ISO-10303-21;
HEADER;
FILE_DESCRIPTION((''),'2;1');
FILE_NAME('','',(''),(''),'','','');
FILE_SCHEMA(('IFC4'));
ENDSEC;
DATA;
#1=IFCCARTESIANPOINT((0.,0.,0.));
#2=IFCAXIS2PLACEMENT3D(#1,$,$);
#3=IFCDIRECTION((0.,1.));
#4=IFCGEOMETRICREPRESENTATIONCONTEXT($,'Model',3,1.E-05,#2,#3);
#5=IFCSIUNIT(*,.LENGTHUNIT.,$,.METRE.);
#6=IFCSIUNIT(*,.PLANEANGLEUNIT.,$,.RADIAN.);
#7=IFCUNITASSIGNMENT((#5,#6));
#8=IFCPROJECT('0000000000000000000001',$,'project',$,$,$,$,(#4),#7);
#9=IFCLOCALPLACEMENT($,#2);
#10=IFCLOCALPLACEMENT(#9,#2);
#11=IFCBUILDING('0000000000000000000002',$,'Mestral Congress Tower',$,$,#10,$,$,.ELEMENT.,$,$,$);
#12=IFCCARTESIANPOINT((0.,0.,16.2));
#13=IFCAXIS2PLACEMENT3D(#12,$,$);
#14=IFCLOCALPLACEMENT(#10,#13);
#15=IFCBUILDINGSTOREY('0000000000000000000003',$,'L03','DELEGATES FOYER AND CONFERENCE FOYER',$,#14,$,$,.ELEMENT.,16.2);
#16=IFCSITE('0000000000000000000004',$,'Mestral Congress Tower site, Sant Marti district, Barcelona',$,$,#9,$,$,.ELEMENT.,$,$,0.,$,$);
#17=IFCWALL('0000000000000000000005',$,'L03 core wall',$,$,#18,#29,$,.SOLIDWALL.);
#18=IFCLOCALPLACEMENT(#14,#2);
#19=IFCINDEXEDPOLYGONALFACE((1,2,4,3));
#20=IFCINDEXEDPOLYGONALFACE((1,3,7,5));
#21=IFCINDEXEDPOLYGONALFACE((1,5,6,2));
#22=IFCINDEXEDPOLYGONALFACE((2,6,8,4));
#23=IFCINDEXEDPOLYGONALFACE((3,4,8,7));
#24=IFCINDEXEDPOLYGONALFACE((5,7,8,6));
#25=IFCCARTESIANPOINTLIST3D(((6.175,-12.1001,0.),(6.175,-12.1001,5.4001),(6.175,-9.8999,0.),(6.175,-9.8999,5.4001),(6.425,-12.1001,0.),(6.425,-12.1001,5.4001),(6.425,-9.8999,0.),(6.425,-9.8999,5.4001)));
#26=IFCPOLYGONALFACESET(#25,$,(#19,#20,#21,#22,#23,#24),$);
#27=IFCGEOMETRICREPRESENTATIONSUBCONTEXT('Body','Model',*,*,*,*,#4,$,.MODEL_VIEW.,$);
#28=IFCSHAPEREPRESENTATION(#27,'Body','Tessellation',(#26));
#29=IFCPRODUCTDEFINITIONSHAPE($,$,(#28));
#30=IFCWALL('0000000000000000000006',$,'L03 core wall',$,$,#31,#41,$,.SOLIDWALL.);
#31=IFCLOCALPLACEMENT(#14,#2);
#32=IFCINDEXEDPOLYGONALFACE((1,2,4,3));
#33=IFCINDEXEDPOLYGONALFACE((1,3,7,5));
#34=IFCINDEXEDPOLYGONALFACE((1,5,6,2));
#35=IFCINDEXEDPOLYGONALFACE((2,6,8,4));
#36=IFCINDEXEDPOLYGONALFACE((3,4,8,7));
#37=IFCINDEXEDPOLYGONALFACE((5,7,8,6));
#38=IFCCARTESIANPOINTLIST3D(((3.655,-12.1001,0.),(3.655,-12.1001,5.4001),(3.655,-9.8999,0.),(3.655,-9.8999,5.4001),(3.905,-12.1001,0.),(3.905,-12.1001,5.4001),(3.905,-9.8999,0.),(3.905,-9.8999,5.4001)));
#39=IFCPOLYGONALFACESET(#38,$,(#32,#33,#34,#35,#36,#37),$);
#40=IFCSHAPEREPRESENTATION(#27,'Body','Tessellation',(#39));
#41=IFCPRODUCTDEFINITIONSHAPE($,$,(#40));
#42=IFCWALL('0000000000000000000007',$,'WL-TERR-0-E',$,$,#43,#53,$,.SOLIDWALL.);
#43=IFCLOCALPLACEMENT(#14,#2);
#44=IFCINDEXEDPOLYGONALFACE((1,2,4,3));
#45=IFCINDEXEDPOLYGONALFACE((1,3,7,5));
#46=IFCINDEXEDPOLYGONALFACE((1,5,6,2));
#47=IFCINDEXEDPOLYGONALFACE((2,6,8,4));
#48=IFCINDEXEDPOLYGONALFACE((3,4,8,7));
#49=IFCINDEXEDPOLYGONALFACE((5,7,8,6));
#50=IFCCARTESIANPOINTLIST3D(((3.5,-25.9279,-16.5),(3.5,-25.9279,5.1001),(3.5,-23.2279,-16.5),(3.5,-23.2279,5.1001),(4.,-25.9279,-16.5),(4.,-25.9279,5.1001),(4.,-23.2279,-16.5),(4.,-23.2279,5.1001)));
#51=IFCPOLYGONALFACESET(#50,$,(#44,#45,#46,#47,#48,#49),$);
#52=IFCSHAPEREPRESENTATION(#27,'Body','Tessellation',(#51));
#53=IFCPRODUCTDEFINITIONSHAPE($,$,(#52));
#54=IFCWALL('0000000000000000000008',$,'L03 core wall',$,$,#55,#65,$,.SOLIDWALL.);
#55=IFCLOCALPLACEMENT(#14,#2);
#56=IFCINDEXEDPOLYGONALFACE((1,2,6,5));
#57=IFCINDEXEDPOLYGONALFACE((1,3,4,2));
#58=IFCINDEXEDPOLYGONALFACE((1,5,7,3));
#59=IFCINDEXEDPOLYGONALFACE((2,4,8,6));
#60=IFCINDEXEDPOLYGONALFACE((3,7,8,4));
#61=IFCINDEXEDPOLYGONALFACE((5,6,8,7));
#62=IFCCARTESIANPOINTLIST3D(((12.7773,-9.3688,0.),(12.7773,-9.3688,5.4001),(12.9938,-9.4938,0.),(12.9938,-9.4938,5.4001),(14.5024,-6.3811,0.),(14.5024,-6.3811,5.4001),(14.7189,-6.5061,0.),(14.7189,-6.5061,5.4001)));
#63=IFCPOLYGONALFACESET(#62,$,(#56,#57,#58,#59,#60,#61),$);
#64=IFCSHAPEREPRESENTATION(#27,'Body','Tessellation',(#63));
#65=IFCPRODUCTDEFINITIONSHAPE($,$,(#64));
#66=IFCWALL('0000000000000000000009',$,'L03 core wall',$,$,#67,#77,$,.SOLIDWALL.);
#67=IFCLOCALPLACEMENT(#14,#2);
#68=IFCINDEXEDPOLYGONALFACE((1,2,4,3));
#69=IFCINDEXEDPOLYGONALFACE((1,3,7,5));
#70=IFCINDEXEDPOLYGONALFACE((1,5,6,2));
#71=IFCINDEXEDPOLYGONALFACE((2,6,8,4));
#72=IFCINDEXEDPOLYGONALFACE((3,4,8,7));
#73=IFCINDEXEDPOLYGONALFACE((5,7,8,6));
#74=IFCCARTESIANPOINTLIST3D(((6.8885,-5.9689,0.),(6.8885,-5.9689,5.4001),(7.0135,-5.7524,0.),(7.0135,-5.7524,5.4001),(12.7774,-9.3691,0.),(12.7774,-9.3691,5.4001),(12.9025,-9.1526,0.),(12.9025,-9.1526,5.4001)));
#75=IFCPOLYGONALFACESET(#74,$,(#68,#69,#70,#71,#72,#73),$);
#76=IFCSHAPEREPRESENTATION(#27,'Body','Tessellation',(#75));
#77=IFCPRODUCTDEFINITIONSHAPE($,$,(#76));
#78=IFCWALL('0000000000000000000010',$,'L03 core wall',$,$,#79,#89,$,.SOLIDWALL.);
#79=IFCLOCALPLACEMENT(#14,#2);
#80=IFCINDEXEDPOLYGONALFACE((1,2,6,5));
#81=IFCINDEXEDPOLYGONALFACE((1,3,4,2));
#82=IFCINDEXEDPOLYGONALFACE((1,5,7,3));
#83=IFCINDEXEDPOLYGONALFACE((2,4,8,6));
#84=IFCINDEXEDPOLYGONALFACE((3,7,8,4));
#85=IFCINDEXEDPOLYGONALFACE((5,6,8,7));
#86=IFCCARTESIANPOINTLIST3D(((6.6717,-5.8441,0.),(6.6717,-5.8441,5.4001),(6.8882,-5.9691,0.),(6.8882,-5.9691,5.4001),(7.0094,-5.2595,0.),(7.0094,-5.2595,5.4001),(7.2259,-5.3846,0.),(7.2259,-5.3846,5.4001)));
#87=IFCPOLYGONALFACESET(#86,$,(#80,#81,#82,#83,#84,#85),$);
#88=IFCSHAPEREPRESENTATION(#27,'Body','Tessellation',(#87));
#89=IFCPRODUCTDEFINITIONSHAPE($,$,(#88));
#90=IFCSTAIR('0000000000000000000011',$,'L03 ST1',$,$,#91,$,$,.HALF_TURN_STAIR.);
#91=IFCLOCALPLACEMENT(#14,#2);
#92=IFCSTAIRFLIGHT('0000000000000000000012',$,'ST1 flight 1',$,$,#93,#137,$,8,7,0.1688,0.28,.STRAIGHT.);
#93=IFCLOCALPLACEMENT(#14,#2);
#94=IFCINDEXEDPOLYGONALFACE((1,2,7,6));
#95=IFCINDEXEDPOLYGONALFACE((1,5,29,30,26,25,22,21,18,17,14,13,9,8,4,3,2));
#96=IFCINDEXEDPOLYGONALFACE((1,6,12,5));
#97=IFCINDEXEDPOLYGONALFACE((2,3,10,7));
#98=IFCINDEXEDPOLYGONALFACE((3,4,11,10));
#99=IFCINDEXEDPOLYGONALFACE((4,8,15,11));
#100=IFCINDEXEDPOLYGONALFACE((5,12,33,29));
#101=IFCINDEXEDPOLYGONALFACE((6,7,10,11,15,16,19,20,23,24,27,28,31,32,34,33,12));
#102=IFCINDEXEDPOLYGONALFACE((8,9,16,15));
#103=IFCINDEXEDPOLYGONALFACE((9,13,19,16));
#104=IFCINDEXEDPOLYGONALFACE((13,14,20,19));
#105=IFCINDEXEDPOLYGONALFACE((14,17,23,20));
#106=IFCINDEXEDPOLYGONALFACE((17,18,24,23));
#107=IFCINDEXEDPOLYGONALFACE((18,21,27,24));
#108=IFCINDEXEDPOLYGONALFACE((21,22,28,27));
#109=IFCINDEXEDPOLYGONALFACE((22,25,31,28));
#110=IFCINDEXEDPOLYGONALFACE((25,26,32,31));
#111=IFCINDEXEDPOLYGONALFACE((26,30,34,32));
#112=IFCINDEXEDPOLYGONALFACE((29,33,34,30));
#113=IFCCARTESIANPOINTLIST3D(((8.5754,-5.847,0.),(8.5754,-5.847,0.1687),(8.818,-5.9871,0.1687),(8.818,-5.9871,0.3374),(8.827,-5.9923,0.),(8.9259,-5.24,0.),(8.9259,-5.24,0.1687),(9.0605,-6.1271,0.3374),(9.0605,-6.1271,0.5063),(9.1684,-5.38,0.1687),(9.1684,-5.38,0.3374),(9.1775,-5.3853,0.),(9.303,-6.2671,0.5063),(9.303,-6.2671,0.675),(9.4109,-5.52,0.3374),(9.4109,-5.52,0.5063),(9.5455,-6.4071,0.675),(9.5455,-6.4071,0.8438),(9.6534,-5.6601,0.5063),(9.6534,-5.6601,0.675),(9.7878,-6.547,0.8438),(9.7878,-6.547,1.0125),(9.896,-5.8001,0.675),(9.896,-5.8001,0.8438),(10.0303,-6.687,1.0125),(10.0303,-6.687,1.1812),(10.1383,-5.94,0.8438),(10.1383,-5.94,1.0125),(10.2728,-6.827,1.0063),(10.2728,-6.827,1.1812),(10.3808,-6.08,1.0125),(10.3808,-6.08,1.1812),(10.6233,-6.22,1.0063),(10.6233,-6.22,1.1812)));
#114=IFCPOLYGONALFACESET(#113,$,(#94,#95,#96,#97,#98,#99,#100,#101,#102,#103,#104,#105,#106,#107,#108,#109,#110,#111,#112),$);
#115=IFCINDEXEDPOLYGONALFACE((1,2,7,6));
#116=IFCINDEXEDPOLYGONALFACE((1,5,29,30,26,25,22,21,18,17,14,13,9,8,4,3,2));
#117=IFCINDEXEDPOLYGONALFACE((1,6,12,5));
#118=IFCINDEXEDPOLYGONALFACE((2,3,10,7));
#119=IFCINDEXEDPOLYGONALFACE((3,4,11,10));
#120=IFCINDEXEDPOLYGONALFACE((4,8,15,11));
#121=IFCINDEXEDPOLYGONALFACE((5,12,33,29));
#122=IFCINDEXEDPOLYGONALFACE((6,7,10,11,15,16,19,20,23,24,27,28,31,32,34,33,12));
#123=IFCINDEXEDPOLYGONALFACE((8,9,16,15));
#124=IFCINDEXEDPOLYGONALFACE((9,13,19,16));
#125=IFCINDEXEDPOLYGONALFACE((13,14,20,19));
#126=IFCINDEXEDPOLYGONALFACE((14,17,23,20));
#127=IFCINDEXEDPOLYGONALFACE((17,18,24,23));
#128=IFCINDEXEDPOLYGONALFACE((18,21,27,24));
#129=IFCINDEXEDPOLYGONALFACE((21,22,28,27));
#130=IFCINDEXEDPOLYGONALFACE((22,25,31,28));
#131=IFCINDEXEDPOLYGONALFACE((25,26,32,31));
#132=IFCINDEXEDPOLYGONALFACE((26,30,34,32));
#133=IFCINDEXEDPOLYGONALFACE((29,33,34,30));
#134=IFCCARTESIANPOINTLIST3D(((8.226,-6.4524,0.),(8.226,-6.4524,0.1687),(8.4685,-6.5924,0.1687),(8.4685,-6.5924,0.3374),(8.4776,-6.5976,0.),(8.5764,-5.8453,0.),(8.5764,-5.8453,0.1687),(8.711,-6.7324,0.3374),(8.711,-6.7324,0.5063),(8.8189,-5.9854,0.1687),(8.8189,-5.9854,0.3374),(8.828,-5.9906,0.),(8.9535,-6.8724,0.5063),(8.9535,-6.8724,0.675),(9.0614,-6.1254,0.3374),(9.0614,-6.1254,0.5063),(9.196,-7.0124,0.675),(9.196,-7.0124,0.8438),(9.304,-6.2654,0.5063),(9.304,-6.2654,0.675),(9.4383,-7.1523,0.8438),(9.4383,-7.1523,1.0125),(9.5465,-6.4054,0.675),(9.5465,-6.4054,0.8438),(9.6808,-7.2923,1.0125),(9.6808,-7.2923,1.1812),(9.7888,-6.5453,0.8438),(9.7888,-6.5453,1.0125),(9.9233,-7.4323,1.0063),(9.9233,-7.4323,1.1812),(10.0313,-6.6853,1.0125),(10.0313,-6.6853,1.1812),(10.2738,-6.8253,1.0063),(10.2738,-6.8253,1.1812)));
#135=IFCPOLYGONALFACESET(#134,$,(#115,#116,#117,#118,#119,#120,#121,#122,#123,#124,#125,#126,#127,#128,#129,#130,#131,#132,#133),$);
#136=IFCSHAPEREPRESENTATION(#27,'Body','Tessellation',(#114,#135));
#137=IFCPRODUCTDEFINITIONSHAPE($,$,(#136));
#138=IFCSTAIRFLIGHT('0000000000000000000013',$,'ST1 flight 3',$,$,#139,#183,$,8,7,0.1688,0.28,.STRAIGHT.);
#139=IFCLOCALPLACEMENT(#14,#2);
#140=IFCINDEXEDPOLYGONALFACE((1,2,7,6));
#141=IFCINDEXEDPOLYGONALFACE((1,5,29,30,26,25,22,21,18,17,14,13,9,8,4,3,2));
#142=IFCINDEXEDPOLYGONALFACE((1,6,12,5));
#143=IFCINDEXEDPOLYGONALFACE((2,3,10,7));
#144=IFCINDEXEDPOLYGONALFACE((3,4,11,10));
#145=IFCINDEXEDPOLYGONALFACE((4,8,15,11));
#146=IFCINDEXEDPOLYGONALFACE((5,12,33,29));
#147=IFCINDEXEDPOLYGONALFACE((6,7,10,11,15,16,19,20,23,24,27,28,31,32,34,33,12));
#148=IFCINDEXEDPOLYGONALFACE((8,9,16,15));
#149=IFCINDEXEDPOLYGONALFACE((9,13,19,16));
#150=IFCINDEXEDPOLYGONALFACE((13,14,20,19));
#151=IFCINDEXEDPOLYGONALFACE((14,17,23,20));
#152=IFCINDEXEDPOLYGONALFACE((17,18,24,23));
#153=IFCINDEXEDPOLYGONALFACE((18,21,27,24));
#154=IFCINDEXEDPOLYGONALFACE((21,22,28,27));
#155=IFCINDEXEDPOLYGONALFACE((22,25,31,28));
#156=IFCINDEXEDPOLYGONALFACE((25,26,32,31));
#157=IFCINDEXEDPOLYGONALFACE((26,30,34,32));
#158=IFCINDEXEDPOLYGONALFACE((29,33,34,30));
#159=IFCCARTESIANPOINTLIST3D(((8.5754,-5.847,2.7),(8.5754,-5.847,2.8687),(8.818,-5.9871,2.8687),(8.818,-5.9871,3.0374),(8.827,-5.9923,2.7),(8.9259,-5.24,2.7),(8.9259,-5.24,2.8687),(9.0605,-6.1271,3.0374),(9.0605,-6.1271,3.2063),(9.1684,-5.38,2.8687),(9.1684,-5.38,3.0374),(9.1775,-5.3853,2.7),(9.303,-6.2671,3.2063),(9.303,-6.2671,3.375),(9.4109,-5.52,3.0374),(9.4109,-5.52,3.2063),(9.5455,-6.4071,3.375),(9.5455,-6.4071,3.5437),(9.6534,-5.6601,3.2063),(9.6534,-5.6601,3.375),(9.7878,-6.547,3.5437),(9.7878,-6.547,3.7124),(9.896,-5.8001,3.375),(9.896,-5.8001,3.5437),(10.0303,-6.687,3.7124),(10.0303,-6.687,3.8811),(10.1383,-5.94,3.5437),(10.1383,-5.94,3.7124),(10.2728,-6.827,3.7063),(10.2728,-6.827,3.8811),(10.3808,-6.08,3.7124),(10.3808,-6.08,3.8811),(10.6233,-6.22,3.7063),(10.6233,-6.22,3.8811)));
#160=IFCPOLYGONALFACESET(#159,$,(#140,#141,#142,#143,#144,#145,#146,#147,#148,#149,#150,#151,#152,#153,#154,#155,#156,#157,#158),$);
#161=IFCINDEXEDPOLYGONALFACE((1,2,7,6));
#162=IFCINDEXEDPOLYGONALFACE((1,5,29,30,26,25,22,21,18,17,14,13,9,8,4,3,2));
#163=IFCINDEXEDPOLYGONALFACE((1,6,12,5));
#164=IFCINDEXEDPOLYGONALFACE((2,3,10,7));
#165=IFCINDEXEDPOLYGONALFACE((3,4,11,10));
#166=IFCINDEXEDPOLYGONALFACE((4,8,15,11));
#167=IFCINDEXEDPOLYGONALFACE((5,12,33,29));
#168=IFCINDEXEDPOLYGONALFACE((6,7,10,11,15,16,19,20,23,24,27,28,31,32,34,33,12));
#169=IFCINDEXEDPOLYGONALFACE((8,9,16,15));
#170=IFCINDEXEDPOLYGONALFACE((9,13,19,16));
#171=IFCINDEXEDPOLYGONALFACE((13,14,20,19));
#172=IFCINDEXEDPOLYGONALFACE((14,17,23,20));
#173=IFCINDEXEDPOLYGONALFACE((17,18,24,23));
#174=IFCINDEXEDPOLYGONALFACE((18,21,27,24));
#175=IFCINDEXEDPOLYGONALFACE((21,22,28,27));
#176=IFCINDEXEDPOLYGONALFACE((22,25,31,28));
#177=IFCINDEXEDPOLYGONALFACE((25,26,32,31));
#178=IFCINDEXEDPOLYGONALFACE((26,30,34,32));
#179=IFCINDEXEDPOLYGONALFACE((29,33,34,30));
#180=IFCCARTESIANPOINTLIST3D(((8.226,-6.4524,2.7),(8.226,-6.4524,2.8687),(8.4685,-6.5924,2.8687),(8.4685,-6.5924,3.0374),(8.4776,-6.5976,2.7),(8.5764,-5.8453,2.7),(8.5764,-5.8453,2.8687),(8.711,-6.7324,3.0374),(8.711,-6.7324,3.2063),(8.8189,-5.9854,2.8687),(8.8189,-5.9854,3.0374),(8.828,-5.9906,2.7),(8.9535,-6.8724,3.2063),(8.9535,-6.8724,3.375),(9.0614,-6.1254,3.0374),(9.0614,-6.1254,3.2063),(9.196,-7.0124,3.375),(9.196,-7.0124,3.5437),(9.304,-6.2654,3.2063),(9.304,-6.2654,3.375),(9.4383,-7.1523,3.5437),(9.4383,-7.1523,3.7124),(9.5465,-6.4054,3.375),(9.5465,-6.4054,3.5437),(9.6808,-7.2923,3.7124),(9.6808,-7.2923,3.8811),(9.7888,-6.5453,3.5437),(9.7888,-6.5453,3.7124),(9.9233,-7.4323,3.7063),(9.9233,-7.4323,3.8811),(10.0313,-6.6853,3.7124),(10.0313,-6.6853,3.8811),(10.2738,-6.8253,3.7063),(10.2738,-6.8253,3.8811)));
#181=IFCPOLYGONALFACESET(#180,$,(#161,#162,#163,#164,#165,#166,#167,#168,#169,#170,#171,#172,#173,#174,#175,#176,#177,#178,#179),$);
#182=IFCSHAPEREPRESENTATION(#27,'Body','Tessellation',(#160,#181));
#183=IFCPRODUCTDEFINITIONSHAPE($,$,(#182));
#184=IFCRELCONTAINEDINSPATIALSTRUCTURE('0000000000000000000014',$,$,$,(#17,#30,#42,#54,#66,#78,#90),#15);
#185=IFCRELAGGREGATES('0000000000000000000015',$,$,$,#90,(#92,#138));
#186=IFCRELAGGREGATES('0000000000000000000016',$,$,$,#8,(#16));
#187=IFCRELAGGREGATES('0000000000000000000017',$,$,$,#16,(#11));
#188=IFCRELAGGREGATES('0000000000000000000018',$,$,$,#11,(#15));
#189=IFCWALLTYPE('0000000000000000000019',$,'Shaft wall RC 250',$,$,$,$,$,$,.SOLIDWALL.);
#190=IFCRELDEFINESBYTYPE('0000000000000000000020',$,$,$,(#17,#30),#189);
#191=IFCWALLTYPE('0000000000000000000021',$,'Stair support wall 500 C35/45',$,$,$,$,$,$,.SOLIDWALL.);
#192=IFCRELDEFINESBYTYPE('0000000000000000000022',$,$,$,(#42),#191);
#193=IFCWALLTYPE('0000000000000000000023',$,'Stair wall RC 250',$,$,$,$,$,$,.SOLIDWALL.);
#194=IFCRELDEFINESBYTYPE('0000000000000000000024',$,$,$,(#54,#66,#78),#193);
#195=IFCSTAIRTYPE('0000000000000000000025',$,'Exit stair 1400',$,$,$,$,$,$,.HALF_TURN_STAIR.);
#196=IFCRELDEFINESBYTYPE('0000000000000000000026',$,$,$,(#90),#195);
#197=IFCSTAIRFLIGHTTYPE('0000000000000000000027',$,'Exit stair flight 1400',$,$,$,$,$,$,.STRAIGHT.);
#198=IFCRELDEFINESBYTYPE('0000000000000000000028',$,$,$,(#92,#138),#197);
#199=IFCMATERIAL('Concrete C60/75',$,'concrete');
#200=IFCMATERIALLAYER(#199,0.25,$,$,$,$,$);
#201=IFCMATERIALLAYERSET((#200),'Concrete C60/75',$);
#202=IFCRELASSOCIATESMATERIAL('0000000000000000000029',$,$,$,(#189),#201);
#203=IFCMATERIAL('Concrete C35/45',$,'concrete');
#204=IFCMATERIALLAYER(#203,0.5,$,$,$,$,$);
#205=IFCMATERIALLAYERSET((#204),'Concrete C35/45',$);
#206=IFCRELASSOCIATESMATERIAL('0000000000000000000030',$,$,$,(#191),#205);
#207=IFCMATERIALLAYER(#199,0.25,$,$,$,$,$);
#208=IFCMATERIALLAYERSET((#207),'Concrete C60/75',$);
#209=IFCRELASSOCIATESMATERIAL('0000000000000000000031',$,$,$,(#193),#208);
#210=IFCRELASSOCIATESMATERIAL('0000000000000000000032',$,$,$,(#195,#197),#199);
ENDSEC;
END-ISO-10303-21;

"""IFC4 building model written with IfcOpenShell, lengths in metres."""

from ifc_helpers import new_model, si_unit, direction, frame, frame_2d, origin, place, context, subcontext, project, spatial, polyline, rectangle, outline, extrude, material, layer, layer_set, type_object, element, aggregate, save


model = new_model("IFC4")

# Units and contexts
model_context = context("Model", 3, precision=1e-05, world=origin(), true_north=direction((0.0, 1.0)))
body_context = subcontext(model_context, "Body", "Model", "MODEL_VIEW")
ifc_project = project(units=[si_unit("LENGTHUNIT", "METRE"), si_unit("PLANEANGLEUNIT", "RADIAN")], contexts=[model_context])

# Site, building, storey
site_placement = place(None, origin())
site = spatial("IfcSite", under=ifc_project, at=site_placement, Name="Mestral Congress Tower site, Sant Marti district, Barcelona", CompositionType="ELEMENT", RefElevation=0.0)
building_placement = place(site_placement, origin())
building = spatial("IfcBuilding", under=site, at=building_placement, Name="Mestral Congress Tower", CompositionType="ELEMENT")
storey_placement = place(building_placement, frame((0.0, 0.0, 16.2)))
storey = spatial("IfcBuildingStorey", under=building, at=storey_placement, Name="L03", Description="DELEGATES FOYER AND CONFERENCE FOYER", CompositionType="ELEMENT", Elevation=16.2)

# Shared definitions
ifc_material_1 = material(Name="Concrete C60/75", Category="concrete")

# Walls
ifc_layer_1 = layer(ifc_material_1, 0.25)
ifc_layer_set_1 = layer_set([ifc_layer_1], Name="Concrete C60/75")
wall_type_1 = type_object("IfcWallType", Name="Shaft wall RC 250", PredefinedType="SOLIDWALL", material=ifc_layer_set_1)
for number, where, z_axis, x_axis, name in (
    (1, (6.3, -9.8999, 0.0), (0.0, 0.0, 1.0), (0.0, -1.0, 0.0), "L03 core wall"),
    (2, (3.78, -9.8999, 0.0), (0.0, 0.0, 1.0), (0.0, -1.0, 0.0), "L03 core wall"),
):
    element("IfcWall", number, at=place(storey_placement, frame(where, z_axis=z_axis, x_axis=x_axis)), inside=storey, type_object=wall_type_1, Name=name, PredefinedType="SOLIDWALL", context=body_context, shape_type="SweptSolid", body=[
        extrude(rectangle(XDim=2.2002, YDim=0.25, at=frame_2d((1.1001, 0.0))), origin(), (0.0, 0.0, 1.0), 5.4001),
    ])
ifc_material_2 = material(Name="Concrete C35/45", Category="concrete")
ifc_layer_2 = layer(ifc_material_2, 0.5)
ifc_layer_set_2 = layer_set([ifc_layer_2], Name="Concrete C35/45")
wall_type_2 = type_object("IfcWallType", Name="Stair support wall 500 C35/45", PredefinedType="SOLIDWALL", material=ifc_layer_set_2)
wall_1_placement = place(storey_placement, frame((3.75, -25.928, -16.5), z_axis=(0.0, 0.0, 1.0), x_axis=(0.0, 1.0, 0.0)))
element("IfcWall", 3, at=wall_1_placement, inside=storey, type_object=wall_type_2, Name="WL-TERR-0-E", PredefinedType="SOLIDWALL", context=body_context, shape_type="SweptSolid", body=[
    extrude(rectangle(XDim=2.7, YDim=0.5, at=frame_2d((1.3501, 0.0))), origin(), (0.0, 0.0, 1.0), 21.6001),
])
ifc_layer_3 = layer(ifc_material_1, 0.25)
ifc_layer_set_3 = layer_set([ifc_layer_3], Name="Concrete C60/75")
wall_type_3 = type_object("IfcWallType", Name="Stair wall RC 250", PredefinedType="SOLIDWALL", material=ifc_layer_set_3)
wall_2_placement = place(storey_placement, frame((12.8855, -9.4314, 0.0), z_axis=(0.0, 0.0, 1.0), x_axis=(0.500021, 0.866014, 0.0)))
element("IfcWall", 4, at=wall_2_placement, inside=storey, type_object=wall_type_3, Name="L03 core wall", PredefinedType="SOLIDWALL", context=body_context, shape_type="SweptSolid", body=[
    extrude(rectangle(XDim=3.45, YDim=0.25, at=frame_2d((1.7251, 0.0))), origin(), (0.0, 0.0, 1.0), 5.4001),
])
wall_3_placement = place(storey_placement, frame((12.8398, -9.2607, 0.0), z_axis=(0.0, 0.0, 1.0), x_axis=(-0.866014, 0.50002, 0.0)))
element("IfcWall", 5, at=wall_3_placement, inside=storey, type_object=wall_type_3, Name="L03 core wall", PredefinedType="SOLIDWALL", context=body_context, shape_type="SweptSolid", body=[
    extrude(rectangle(XDim=6.8, YDim=0.25, at=frame_2d((3.3999, 0.0))), origin(), (0.0, 0.0, 1.0), 5.4001),
])
wall_4_placement = place(storey_placement, frame((6.78, -5.9065, 0.0), z_axis=(0.0, 0.0, 1.0), x_axis=(0.500223, 0.865896, 0.0)))
element("IfcWall", 6, at=wall_4_placement, inside=storey, type_object=wall_type_3, Name="L03 core wall", PredefinedType="SOLIDWALL", context=body_context, shape_type="SweptSolid", body=[
    extrude(rectangle(XDim=0.675, YDim=0.25, at=frame_2d((0.3374, 0.0))), origin(), (0.0, 0.0, 1.0), 5.4001),
])

# Stair, stair flights
stair_type_1 = type_object("IfcStairType", Name="Exit stair 1400", PredefinedType="HALF_TURN_STAIR", material=ifc_material_1)
placement = place(storey_placement, origin())
stair_1 = element("IfcStair", 7, at=placement, inside=storey, type_object=stair_type_1, Name="L03 ST1", PredefinedType="HALF_TURN_STAIR")
stair_flight_type_1 = type_object("IfcStairFlightType", Name="Exit stair flight 1400", PredefinedType="STRAIGHT", material=ifc_material_1)
stair_flight_1_placement = place(storey_placement, frame((8.5759, -5.8462, 0.0), z_axis=(0.0, 0.0, 1.0), x_axis=(0.866025, -0.5, 0.0)))
stair_flight_1 = element("IfcStairFlight", 8, at=stair_flight_1_placement, type_object=stair_flight_type_1, Name="ST1 flight 1", NumberOfRisers=8, NumberOfTreads=7, PredefinedType="STRAIGHT", RiserHeight=0.1688, TreadLength=0.28, context=body_context, shape_type="SweptSolid", body=[
    extrude(outline(polyline([(0.0, 0.0), (0.0, 0.1687), (0.28, 0.1687), (0.28, 0.3374), (0.5601, 0.3374), (0.5601, 0.5063), (0.8401, 0.5063), (0.8401, 0.675), (1.1201, 0.675), (1.1201, 0.8438), (1.3999, 0.8438), (1.3999, 1.0125), (1.6799, 1.0125), (1.6799, 1.1812), (1.96, 1.1812), (1.96, 1.3501), (1.96, 1.0063), (0.2905, 0.0), (0.0, 0.0)])), frame((0.0, 0.7, 0.0), z_axis=(0.0, -1.0, 0.0), x_axis=(1.0, 0.0, 0.0)), (0.0, 0.0, 1.0), 0.7009),
    extrude(outline(polyline([(0.0, 0.0), (0.0, 0.1687), (0.28, 0.1687), (0.28, 0.3374), (0.5601, 0.3374), (0.5601, 0.5063), (0.8401, 0.5063), (0.8401, 0.675), (1.1201, 0.675), (1.1201, 0.8438), (1.3999, 0.8438), (1.3999, 1.0125), (1.6799, 1.0125), (1.6799, 1.1812), (1.96, 1.1812), (1.96, 1.3501), (1.96, 1.0063), (0.2905, 0.0), (0.0, 0.0)])), frame((0.0, 0.001, 0.0), z_axis=(0.0, -1.0, 0.0), x_axis=(1.0, 0.0, 0.0)), (0.0, 0.0, 1.0), 0.7009),
])
stair_flight_2_placement = place(storey_placement, frame((8.5759, -5.8462, 2.7), z_axis=(0.0, 0.0, 1.0), x_axis=(0.866025, -0.5, 0.0)))
stair_flight_2 = element("IfcStairFlight", 9, at=stair_flight_2_placement, type_object=stair_flight_type_1, Name="ST1 flight 3", NumberOfRisers=8, NumberOfTreads=7, PredefinedType="STRAIGHT", RiserHeight=0.1688, TreadLength=0.28, context=body_context, shape_type="SweptSolid", body=[
    extrude(outline(polyline([(0.0, 0.0), (0.0, 0.1687), (0.28, 0.1687), (0.28, 0.3374), (0.5601, 0.3374), (0.5601, 0.5063), (0.8401, 0.5063), (0.8401, 0.675), (1.1201, 0.675), (1.1201, 0.8438), (1.3999, 0.8438), (1.3999, 1.0125), (1.6799, 1.0125), (1.6799, 1.1812), (1.96, 1.1812), (1.96, 1.3501), (1.96, 1.0063), (0.2905, 0.0), (0.0, 0.0)])), frame((0.0, 0.7, 0.0), z_axis=(0.0, -1.0, 0.0), x_axis=(1.0, 0.0, 0.0)), (0.0, 0.0, 1.0), 0.7009),
    extrude(outline(polyline([(0.0, 0.0), (0.0, 0.1687), (0.28, 0.1687), (0.28, 0.3374), (0.5601, 0.3374), (0.5601, 0.5063), (0.8401, 0.5063), (0.8401, 0.675), (1.1201, 0.675), (1.1201, 0.8438), (1.3999, 0.8438), (1.3999, 1.0125), (1.6799, 1.0125), (1.6799, 1.1812), (1.96, 1.1812), (1.96, 1.3501), (1.96, 1.0063), (0.2905, 0.0), (0.0, 0.0)])), frame((0.0, 0.001, 0.0), z_axis=(0.0, -1.0, 0.0), x_axis=(1.0, 0.0, 0.0)), (0.0, 0.0, 1.0), 0.7009),
])
aggregate(stair_1, [stair_flight_1, stair_flight_2])

save(model, "model.ifc")
